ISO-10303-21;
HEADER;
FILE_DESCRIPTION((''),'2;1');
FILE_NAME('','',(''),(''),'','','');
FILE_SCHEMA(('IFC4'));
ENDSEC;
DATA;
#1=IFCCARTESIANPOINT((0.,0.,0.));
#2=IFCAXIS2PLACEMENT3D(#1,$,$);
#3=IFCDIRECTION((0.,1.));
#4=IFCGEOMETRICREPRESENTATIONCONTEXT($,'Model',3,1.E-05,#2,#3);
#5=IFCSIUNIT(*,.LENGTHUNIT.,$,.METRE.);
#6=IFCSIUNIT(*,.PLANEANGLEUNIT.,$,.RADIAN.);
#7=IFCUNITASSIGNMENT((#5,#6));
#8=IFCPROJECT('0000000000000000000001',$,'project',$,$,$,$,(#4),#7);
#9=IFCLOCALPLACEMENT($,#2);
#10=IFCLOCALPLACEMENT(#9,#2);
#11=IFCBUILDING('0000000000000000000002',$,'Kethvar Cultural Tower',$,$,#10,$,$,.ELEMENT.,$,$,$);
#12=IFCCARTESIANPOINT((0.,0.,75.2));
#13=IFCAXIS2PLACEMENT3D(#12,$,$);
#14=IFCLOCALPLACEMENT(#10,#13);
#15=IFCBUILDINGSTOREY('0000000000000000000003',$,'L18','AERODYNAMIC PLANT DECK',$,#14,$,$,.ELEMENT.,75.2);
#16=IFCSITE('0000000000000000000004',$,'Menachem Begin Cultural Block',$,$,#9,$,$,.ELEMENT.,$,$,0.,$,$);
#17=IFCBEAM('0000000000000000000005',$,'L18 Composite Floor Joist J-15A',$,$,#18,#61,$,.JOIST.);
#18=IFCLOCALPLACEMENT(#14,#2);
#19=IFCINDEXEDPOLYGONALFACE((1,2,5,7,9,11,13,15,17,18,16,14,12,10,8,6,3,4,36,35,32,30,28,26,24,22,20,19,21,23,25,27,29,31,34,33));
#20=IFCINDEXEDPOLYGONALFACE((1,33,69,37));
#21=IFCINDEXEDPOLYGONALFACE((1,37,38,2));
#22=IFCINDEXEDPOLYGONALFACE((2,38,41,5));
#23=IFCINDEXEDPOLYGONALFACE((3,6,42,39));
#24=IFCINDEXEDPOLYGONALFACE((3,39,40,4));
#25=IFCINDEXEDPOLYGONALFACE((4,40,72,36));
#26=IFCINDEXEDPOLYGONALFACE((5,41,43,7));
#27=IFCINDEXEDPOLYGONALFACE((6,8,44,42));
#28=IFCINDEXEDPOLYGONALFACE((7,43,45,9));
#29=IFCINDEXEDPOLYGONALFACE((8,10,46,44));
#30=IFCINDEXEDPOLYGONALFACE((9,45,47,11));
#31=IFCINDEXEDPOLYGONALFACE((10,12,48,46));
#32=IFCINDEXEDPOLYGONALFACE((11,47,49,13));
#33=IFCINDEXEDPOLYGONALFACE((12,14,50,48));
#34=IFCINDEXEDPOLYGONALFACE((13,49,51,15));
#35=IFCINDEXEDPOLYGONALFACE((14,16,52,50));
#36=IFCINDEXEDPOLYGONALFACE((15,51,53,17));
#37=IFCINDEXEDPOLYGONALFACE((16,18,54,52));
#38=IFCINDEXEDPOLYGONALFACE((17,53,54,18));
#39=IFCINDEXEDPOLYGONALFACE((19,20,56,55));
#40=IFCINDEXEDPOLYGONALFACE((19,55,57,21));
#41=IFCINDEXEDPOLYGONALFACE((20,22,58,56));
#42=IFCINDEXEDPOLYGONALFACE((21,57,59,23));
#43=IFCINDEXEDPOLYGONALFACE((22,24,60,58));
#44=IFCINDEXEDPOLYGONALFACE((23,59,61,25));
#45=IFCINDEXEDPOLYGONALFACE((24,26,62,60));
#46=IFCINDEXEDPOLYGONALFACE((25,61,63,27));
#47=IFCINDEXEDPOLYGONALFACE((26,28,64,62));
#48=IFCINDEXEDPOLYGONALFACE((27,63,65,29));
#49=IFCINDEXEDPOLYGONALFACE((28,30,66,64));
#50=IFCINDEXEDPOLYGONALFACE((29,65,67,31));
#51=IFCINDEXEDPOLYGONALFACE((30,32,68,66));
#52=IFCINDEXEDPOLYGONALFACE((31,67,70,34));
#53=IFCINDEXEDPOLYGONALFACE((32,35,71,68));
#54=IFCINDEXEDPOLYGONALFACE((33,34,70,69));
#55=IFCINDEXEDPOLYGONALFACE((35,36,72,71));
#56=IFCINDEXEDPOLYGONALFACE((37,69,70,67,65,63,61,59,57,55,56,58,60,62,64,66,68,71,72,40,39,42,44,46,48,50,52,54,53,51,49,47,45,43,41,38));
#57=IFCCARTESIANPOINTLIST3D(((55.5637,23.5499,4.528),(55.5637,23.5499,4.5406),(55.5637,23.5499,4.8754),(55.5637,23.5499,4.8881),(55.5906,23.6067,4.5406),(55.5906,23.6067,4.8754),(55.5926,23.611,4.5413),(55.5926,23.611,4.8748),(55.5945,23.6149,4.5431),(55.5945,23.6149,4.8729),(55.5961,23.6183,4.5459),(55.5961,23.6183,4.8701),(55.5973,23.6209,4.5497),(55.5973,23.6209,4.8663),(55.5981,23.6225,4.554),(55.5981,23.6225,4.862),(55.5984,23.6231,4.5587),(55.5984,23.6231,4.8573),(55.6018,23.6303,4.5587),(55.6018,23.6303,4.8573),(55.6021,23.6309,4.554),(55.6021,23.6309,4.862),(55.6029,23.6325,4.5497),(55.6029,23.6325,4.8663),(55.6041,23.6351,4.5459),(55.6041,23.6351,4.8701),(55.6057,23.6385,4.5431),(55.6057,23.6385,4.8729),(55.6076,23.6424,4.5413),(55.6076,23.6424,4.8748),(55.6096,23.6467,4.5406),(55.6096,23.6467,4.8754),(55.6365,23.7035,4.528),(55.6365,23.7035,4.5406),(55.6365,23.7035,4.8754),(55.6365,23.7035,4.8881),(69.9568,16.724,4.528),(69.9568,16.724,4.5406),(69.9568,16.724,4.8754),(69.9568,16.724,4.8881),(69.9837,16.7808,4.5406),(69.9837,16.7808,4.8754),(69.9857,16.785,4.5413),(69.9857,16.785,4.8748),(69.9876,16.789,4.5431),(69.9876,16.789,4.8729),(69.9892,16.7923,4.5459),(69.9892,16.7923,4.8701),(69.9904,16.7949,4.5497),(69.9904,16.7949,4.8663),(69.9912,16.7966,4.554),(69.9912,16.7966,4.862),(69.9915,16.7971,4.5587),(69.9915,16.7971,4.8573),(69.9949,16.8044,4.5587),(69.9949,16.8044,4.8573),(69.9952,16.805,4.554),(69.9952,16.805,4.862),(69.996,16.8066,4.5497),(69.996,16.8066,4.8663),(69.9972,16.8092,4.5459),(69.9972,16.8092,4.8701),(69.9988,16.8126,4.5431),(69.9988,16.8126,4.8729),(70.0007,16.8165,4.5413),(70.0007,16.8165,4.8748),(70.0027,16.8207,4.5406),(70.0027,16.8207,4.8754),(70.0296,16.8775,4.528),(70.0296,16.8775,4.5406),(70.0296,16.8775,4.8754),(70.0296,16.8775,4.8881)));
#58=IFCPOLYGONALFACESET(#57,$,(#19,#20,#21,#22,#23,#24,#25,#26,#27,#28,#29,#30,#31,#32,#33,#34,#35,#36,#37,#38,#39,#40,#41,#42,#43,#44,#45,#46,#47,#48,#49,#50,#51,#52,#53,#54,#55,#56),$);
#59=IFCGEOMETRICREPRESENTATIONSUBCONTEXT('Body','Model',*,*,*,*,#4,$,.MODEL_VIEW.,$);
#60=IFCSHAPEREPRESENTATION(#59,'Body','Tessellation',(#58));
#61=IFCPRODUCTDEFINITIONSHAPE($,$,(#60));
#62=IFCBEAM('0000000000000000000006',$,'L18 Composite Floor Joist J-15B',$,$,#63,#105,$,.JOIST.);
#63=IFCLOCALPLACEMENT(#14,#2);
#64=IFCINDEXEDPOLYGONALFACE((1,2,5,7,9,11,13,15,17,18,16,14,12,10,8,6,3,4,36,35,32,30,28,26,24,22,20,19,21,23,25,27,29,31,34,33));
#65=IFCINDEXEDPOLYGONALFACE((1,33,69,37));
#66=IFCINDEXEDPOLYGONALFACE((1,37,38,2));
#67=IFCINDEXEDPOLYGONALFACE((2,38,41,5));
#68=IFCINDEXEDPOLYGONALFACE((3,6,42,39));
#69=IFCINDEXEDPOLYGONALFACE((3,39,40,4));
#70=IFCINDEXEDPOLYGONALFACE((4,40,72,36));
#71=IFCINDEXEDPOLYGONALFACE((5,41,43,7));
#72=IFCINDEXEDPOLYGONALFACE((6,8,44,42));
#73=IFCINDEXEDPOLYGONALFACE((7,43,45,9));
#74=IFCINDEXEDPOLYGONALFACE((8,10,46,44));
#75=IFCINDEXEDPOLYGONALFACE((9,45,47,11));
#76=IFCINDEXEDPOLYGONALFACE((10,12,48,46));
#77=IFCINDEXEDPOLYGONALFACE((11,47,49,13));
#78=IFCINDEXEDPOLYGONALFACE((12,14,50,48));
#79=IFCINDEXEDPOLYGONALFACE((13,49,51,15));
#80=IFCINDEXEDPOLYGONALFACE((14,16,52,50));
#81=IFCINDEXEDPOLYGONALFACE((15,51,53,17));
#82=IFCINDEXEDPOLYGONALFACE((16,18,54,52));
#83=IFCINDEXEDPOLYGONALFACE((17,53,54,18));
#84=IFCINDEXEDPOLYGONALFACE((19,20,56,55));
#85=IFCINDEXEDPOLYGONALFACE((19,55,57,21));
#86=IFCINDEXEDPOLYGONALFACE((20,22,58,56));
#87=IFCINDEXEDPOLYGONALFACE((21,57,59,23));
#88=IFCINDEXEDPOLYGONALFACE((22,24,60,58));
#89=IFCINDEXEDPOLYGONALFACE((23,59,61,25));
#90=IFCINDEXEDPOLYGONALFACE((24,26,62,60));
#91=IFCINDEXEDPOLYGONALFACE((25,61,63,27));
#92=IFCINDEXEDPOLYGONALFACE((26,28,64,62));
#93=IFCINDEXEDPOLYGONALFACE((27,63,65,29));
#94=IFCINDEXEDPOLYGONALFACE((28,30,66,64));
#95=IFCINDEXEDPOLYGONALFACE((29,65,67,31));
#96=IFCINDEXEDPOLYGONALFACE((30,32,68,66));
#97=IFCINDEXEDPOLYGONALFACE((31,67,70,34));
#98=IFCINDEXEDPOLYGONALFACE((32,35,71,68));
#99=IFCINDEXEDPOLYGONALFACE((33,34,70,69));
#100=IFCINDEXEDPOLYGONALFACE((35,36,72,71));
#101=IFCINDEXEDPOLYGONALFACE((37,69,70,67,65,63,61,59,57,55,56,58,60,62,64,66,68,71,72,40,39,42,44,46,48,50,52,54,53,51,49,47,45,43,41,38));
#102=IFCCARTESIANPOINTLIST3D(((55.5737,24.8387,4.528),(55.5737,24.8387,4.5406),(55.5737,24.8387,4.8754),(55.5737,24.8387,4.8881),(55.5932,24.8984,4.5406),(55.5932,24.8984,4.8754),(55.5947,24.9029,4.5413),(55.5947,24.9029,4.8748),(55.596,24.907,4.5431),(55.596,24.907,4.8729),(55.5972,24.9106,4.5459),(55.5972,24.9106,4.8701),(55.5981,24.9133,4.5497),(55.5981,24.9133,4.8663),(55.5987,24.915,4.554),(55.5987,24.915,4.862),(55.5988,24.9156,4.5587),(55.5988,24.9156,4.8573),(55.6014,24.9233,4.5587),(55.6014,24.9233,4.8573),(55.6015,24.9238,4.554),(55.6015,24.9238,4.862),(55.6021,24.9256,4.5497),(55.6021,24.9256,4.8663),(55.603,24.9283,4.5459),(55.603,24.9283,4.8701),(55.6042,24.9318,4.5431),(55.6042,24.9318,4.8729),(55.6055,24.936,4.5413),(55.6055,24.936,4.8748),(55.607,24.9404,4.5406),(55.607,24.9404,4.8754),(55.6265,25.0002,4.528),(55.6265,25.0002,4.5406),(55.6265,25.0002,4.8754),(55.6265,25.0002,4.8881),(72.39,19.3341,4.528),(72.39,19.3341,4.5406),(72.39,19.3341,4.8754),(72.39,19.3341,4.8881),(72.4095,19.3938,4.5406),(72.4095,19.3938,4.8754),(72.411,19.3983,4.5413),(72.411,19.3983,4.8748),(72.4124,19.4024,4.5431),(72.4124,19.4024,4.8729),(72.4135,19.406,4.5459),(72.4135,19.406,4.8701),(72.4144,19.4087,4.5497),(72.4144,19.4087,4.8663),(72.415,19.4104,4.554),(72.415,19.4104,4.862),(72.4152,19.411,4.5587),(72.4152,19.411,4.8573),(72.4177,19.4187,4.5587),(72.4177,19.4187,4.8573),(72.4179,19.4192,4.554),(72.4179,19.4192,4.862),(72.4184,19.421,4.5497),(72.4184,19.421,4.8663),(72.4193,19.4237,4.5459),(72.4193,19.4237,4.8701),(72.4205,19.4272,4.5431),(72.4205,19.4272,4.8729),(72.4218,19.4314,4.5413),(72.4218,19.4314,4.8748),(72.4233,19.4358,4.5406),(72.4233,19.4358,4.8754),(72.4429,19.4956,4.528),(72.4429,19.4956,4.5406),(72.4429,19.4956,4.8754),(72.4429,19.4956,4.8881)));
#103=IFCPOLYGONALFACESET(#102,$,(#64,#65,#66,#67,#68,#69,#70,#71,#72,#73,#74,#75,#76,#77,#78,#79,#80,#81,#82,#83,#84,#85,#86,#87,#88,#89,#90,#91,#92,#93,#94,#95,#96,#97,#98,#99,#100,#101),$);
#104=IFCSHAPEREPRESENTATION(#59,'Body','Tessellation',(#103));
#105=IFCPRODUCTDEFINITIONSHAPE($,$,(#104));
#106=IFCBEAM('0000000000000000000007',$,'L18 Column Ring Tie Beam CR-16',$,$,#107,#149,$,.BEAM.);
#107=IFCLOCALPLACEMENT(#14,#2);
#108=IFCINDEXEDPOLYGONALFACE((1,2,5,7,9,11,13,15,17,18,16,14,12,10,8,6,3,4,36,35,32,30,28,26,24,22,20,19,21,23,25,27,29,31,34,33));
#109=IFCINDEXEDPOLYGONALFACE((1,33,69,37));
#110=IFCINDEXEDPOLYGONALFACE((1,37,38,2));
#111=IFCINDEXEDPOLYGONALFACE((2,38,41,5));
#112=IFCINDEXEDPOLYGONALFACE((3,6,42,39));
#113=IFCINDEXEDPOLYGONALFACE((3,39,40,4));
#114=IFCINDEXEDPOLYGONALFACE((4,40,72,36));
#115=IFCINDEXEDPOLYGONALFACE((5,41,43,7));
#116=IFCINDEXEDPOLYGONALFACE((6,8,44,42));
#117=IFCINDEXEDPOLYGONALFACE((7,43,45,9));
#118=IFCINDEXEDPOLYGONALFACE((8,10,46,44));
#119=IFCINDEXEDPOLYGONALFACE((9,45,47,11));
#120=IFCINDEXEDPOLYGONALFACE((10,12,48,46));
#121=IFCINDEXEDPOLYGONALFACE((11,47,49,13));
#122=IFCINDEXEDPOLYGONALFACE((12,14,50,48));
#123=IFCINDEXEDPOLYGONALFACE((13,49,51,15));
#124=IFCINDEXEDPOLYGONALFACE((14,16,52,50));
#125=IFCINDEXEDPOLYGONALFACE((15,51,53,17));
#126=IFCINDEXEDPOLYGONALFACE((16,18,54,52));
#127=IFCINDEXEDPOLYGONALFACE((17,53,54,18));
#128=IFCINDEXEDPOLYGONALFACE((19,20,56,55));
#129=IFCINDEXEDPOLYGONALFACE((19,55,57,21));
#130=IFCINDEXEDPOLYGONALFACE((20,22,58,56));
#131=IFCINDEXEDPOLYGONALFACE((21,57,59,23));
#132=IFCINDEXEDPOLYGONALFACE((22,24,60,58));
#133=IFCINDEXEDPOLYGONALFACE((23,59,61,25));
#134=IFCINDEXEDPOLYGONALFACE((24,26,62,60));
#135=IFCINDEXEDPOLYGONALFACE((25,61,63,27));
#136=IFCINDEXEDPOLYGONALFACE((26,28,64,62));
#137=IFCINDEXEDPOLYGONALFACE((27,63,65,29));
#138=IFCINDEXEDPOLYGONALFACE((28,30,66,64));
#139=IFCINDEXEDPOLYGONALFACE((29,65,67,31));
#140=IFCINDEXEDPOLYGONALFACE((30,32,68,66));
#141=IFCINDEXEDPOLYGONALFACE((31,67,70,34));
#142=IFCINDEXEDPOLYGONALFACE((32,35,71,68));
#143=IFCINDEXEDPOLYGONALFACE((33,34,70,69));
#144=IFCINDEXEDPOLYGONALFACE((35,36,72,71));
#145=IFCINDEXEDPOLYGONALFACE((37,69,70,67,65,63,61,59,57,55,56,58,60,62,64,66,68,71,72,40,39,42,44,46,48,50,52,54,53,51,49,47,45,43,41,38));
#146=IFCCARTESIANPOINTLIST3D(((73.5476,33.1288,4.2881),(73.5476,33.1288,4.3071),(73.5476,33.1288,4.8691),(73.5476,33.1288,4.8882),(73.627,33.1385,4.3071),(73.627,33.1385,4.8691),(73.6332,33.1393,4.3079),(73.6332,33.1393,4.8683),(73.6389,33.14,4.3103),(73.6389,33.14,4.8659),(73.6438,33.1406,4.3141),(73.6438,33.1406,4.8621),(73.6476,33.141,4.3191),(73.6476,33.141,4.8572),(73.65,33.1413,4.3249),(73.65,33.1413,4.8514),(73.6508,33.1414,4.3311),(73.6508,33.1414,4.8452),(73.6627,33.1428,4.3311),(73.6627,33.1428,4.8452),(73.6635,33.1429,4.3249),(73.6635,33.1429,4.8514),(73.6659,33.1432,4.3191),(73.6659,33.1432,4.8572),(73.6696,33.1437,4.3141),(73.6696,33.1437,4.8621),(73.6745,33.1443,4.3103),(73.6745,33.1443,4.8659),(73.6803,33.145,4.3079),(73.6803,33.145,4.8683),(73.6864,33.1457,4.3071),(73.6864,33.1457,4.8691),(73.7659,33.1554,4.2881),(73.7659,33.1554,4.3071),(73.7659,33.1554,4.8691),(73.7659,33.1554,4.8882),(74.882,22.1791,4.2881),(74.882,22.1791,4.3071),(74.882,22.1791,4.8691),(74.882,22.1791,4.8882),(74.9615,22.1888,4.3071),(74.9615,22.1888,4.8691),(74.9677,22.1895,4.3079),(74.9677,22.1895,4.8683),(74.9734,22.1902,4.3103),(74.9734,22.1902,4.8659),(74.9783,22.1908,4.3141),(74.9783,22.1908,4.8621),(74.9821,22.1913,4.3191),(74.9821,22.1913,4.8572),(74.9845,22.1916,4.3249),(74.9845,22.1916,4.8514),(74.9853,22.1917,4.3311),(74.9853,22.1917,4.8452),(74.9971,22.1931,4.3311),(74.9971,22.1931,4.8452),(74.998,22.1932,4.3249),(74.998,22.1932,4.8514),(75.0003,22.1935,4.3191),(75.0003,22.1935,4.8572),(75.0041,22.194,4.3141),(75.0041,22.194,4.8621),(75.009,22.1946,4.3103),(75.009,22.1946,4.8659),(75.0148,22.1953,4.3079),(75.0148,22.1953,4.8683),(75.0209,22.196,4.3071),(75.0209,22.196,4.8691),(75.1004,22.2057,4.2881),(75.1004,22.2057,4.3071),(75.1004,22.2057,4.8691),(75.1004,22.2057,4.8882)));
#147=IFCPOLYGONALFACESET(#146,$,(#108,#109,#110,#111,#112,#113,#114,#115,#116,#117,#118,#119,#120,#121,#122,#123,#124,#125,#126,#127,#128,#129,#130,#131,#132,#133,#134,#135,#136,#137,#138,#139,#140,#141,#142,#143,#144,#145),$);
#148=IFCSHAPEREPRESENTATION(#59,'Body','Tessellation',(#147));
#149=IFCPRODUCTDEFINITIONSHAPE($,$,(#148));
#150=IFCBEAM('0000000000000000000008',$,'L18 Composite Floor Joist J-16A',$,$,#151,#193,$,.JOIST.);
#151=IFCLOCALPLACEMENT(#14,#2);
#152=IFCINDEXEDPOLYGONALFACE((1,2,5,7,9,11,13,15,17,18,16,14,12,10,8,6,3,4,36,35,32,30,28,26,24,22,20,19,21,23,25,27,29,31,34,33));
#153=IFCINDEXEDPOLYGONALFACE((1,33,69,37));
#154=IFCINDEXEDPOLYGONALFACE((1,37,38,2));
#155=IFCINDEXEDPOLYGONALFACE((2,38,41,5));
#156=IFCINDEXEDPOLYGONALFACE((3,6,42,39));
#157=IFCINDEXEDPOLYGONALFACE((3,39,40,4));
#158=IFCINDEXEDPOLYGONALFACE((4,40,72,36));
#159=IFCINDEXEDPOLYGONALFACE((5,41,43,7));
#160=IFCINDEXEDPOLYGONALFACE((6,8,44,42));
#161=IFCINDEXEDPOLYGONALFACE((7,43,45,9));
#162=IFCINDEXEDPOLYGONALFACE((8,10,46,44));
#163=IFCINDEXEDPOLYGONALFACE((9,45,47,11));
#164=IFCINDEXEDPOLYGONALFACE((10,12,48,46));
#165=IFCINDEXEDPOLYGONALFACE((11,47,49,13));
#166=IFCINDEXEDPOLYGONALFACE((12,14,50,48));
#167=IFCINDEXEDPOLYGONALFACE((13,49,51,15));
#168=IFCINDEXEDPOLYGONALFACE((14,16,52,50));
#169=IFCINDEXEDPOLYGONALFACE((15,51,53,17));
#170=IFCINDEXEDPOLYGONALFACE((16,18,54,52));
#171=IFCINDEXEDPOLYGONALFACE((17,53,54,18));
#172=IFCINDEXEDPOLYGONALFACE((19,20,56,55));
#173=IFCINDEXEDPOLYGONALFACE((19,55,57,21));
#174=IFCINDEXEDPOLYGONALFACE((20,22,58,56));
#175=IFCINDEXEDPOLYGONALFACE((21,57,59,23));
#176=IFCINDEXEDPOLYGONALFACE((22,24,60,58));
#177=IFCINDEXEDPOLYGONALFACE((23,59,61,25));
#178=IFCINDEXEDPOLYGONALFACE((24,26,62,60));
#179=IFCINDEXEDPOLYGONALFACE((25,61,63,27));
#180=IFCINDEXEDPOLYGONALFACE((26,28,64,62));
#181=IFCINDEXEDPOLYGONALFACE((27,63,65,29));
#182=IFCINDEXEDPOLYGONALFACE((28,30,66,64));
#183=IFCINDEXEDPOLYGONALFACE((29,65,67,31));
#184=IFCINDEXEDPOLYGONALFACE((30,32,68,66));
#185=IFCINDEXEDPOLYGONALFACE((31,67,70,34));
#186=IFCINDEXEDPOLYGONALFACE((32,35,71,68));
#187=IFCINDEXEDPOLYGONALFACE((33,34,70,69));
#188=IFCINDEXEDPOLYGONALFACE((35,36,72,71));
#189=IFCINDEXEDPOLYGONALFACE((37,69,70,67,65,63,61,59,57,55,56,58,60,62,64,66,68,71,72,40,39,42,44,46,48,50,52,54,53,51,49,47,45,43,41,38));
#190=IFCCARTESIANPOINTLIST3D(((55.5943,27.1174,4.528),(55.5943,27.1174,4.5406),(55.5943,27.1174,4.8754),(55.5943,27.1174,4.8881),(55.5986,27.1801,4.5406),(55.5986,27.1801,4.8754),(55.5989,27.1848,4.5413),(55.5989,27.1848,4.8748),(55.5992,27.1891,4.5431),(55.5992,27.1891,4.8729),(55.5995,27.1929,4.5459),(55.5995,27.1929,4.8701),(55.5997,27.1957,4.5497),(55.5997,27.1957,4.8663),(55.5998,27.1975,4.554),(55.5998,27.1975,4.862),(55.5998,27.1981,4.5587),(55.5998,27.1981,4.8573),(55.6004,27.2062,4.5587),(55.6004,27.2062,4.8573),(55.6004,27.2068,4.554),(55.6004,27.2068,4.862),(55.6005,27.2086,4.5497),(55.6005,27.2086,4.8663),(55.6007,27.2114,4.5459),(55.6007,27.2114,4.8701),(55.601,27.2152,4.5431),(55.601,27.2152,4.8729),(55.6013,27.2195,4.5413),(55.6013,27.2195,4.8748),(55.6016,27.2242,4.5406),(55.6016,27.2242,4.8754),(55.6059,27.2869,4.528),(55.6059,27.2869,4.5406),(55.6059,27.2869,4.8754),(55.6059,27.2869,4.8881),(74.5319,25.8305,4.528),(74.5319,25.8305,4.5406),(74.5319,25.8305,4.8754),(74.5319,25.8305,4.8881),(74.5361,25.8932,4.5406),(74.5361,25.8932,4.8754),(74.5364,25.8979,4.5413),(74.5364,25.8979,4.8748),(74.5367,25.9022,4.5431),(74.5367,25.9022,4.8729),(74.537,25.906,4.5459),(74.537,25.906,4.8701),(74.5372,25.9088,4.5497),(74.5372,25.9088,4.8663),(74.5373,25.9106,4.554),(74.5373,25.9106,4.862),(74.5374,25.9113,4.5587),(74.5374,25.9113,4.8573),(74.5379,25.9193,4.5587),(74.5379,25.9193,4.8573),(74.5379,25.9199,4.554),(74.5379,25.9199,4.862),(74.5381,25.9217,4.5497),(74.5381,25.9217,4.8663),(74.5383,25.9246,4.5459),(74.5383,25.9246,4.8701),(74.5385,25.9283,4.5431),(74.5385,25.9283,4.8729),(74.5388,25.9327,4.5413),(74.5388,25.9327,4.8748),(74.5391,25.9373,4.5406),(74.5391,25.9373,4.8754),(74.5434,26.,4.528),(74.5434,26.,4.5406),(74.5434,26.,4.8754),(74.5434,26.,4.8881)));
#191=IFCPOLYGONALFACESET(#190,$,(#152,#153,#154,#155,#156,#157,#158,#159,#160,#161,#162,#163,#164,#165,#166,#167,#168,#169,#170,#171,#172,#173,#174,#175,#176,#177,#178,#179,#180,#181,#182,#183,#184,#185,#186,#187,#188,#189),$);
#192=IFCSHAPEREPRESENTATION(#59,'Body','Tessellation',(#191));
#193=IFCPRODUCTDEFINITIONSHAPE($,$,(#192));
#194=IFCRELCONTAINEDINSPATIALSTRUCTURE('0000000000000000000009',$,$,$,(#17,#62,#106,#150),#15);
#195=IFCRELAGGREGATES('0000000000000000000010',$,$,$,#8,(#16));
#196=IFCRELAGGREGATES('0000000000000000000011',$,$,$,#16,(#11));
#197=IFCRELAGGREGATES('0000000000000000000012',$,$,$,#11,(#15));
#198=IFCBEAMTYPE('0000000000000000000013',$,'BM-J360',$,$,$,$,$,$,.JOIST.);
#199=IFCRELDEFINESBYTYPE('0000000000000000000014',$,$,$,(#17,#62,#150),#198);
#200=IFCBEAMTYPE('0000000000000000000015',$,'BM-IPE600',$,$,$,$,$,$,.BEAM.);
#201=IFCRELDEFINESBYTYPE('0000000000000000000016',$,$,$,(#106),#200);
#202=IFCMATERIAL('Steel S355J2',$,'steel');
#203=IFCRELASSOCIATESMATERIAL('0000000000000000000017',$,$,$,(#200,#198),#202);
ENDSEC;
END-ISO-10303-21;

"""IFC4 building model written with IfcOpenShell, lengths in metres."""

from ifc_helpers import new_model, si_unit, direction, frame, origin, origin_2d, place, context, subcontext, project, spatial, i_section, extrude, source, transform, mapped, material, material_profile, profile_set, type_object, element, save


model = new_model("IFC4")

# Units and contexts
model_context = context("Model", 3, precision=1e-05, world=origin(), true_north=direction((0.0, 1.0)))
body_context = subcontext(model_context, "Body", "Model", "MODEL_VIEW")
ifc_project = project(units=[si_unit("LENGTHUNIT", "METRE"), si_unit("PLANEANGLEUNIT", "RADIAN")], contexts=[model_context])

# Site, building, storey
site_placement = place(None, origin())
site = spatial("IfcSite", under=ifc_project, at=site_placement, Name="Menachem Begin Cultural Block", CompositionType="ELEMENT", RefElevation=0.0)
building_placement = place(site_placement, origin())
building = spatial("IfcBuilding", under=site, at=building_placement, Name="Kethvar Cultural Tower", CompositionType="ELEMENT")
storey_placement = place(building_placement, frame((0.0, 0.0, 75.2)))
storey = spatial("IfcBuildingStorey", under=building, at=storey_placement, Name="L18", Description="AERODYNAMIC PLANT DECK", CompositionType="ELEMENT", Elevation=75.2)

# Beams
ifc_material_1 = material(Name="Steel S355J2", Category="steel")
ifc_material_profile_1 = material_profile(ifc_material_1, i_section(OverallWidth=0.22, OverallDepth=0.6001, WebThickness=0.012, FlangeThickness=0.019, FilletRadius=0.0239, at=origin_2d()), Name="Steel S355J2 — IPE600")
ifc_profile_set_1 = profile_set([ifc_material_profile_1], Name="Steel S355J2 — IPE600")
beam_type_1 = type_object("IfcBeamType", Name="BM-IPE600", PredefinedType="BEAM", material=ifc_profile_set_1)
ifc_material_profile_2 = material_profile(ifc_material_1, i_section(OverallWidth=0.1699, OverallDepth=0.3601, WebThickness=0.0081, FlangeThickness=0.0127, FilletRadius=0.0181, at=origin_2d()), Name="Steel S355J2 — IPE360")
ifc_profile_set_2 = profile_set([ifc_material_profile_2], Name="Steel S355J2 — IPE360")
beam_type_2 = type_object("IfcBeamType", Name="BM-J360", PredefinedType="JOIST", material=ifc_profile_set_2)
shared_shape_1 = source(origin(), body_context, "Body", "SweptSolid", [
    extrude(i_section(OverallWidth=0.1699, OverallDepth=0.3601, WebThickness=0.0081, FlangeThickness=0.0127, FilletRadius=0.0181, at=origin_2d()), origin(), (0.0, 0.0, 1.0), 15.9297),
])
beam_1_placement = place(storey_placement, frame((55.6001, 23.6267, 4.708), z_axis=(0.90354, -0.428505, 0.0), x_axis=(0.428505, 0.90354, 0.0)))
element("IfcBeam", 1, at=beam_1_placement, inside=storey, type_object=beam_type_2, Name="L18 Composite Floor Joist J-15A", PredefinedType="JOIST", context=body_context, shape_type="MappedRepresentation", body=[
    mapped(shared_shape_1, transform((0.0, 0.0, 0.0), scale=1.0)),
])
shared_shape_2 = source(origin(), body_context, "Body", "SweptSolid", [
    extrude(i_section(OverallWidth=0.1699, OverallDepth=0.3601, WebThickness=0.0081, FlangeThickness=0.0127, FilletRadius=0.0181, at=origin_2d()), origin(), (0.0, 0.0, 1.0), 17.6943),
])
beam_2_placement = place(storey_placement, frame((55.6001, 24.9194, 4.708), z_axis=(0.950379, -0.311095, 0.0), x_axis=(0.311095, 0.950379, 0.0)))
element("IfcBeam", 2, at=beam_2_placement, inside=storey, type_object=beam_type_2, Name="L18 Composite Floor Joist J-15B", PredefinedType="JOIST", context=body_context, shape_type="MappedRepresentation", body=[
    mapped(shared_shape_2, transform((0.0, 0.0, 0.0), scale=1.0)),
])
shared_shape_3 = source(origin(), body_context, "Body", "SweptSolid", [
    extrude(i_section(OverallWidth=0.22, OverallDepth=0.6001, WebThickness=0.012, FlangeThickness=0.019, FilletRadius=0.0239, at=origin_2d()), origin(), (0.0, 0.0, 1.0), 11.0308),
])
beam_3_placement = place(storey_placement, frame((74.9912, 22.1924, 4.5881), z_axis=(-0.120978, 0.992655, 0.0), x_axis=(-0.992655, -0.120978, 0.0)))
element("IfcBeam", 3, at=beam_3_placement, inside=storey, type_object=beam_type_1, Name="L18 Column Ring Tie Beam CR-16", PredefinedType="BEAM", context=body_context, shape_type="MappedRepresentation", body=[
    mapped(shared_shape_3, transform((0.0, 0.0, 0.0), scale=1.0)),
])
shared_shape_4 = source(origin(), body_context, "Body", "SweptSolid", [
    extrude(i_section(OverallWidth=0.1699, OverallDepth=0.3601, WebThickness=0.0081, FlangeThickness=0.0127, FilletRadius=0.0181, at=origin_2d()), origin(), (0.0, 0.0, 1.0), 18.9812),
])
beam_4_placement = place(storey_placement, frame((55.6001, 27.2021, 4.708), z_axis=(0.997699, -0.067797, 0.0), x_axis=(0.067797, 0.997699, 0.0)))
element("IfcBeam", 4, at=beam_4_placement, inside=storey, type_object=beam_type_2, Name="L18 Composite Floor Joist J-16A", PredefinedType="JOIST", context=body_context, shape_type="MappedRepresentation", body=[
    mapped(shared_shape_4, transform((0.0, 0.0, 0.0), scale=1.0)),
])

save(model, "model.ifc")
